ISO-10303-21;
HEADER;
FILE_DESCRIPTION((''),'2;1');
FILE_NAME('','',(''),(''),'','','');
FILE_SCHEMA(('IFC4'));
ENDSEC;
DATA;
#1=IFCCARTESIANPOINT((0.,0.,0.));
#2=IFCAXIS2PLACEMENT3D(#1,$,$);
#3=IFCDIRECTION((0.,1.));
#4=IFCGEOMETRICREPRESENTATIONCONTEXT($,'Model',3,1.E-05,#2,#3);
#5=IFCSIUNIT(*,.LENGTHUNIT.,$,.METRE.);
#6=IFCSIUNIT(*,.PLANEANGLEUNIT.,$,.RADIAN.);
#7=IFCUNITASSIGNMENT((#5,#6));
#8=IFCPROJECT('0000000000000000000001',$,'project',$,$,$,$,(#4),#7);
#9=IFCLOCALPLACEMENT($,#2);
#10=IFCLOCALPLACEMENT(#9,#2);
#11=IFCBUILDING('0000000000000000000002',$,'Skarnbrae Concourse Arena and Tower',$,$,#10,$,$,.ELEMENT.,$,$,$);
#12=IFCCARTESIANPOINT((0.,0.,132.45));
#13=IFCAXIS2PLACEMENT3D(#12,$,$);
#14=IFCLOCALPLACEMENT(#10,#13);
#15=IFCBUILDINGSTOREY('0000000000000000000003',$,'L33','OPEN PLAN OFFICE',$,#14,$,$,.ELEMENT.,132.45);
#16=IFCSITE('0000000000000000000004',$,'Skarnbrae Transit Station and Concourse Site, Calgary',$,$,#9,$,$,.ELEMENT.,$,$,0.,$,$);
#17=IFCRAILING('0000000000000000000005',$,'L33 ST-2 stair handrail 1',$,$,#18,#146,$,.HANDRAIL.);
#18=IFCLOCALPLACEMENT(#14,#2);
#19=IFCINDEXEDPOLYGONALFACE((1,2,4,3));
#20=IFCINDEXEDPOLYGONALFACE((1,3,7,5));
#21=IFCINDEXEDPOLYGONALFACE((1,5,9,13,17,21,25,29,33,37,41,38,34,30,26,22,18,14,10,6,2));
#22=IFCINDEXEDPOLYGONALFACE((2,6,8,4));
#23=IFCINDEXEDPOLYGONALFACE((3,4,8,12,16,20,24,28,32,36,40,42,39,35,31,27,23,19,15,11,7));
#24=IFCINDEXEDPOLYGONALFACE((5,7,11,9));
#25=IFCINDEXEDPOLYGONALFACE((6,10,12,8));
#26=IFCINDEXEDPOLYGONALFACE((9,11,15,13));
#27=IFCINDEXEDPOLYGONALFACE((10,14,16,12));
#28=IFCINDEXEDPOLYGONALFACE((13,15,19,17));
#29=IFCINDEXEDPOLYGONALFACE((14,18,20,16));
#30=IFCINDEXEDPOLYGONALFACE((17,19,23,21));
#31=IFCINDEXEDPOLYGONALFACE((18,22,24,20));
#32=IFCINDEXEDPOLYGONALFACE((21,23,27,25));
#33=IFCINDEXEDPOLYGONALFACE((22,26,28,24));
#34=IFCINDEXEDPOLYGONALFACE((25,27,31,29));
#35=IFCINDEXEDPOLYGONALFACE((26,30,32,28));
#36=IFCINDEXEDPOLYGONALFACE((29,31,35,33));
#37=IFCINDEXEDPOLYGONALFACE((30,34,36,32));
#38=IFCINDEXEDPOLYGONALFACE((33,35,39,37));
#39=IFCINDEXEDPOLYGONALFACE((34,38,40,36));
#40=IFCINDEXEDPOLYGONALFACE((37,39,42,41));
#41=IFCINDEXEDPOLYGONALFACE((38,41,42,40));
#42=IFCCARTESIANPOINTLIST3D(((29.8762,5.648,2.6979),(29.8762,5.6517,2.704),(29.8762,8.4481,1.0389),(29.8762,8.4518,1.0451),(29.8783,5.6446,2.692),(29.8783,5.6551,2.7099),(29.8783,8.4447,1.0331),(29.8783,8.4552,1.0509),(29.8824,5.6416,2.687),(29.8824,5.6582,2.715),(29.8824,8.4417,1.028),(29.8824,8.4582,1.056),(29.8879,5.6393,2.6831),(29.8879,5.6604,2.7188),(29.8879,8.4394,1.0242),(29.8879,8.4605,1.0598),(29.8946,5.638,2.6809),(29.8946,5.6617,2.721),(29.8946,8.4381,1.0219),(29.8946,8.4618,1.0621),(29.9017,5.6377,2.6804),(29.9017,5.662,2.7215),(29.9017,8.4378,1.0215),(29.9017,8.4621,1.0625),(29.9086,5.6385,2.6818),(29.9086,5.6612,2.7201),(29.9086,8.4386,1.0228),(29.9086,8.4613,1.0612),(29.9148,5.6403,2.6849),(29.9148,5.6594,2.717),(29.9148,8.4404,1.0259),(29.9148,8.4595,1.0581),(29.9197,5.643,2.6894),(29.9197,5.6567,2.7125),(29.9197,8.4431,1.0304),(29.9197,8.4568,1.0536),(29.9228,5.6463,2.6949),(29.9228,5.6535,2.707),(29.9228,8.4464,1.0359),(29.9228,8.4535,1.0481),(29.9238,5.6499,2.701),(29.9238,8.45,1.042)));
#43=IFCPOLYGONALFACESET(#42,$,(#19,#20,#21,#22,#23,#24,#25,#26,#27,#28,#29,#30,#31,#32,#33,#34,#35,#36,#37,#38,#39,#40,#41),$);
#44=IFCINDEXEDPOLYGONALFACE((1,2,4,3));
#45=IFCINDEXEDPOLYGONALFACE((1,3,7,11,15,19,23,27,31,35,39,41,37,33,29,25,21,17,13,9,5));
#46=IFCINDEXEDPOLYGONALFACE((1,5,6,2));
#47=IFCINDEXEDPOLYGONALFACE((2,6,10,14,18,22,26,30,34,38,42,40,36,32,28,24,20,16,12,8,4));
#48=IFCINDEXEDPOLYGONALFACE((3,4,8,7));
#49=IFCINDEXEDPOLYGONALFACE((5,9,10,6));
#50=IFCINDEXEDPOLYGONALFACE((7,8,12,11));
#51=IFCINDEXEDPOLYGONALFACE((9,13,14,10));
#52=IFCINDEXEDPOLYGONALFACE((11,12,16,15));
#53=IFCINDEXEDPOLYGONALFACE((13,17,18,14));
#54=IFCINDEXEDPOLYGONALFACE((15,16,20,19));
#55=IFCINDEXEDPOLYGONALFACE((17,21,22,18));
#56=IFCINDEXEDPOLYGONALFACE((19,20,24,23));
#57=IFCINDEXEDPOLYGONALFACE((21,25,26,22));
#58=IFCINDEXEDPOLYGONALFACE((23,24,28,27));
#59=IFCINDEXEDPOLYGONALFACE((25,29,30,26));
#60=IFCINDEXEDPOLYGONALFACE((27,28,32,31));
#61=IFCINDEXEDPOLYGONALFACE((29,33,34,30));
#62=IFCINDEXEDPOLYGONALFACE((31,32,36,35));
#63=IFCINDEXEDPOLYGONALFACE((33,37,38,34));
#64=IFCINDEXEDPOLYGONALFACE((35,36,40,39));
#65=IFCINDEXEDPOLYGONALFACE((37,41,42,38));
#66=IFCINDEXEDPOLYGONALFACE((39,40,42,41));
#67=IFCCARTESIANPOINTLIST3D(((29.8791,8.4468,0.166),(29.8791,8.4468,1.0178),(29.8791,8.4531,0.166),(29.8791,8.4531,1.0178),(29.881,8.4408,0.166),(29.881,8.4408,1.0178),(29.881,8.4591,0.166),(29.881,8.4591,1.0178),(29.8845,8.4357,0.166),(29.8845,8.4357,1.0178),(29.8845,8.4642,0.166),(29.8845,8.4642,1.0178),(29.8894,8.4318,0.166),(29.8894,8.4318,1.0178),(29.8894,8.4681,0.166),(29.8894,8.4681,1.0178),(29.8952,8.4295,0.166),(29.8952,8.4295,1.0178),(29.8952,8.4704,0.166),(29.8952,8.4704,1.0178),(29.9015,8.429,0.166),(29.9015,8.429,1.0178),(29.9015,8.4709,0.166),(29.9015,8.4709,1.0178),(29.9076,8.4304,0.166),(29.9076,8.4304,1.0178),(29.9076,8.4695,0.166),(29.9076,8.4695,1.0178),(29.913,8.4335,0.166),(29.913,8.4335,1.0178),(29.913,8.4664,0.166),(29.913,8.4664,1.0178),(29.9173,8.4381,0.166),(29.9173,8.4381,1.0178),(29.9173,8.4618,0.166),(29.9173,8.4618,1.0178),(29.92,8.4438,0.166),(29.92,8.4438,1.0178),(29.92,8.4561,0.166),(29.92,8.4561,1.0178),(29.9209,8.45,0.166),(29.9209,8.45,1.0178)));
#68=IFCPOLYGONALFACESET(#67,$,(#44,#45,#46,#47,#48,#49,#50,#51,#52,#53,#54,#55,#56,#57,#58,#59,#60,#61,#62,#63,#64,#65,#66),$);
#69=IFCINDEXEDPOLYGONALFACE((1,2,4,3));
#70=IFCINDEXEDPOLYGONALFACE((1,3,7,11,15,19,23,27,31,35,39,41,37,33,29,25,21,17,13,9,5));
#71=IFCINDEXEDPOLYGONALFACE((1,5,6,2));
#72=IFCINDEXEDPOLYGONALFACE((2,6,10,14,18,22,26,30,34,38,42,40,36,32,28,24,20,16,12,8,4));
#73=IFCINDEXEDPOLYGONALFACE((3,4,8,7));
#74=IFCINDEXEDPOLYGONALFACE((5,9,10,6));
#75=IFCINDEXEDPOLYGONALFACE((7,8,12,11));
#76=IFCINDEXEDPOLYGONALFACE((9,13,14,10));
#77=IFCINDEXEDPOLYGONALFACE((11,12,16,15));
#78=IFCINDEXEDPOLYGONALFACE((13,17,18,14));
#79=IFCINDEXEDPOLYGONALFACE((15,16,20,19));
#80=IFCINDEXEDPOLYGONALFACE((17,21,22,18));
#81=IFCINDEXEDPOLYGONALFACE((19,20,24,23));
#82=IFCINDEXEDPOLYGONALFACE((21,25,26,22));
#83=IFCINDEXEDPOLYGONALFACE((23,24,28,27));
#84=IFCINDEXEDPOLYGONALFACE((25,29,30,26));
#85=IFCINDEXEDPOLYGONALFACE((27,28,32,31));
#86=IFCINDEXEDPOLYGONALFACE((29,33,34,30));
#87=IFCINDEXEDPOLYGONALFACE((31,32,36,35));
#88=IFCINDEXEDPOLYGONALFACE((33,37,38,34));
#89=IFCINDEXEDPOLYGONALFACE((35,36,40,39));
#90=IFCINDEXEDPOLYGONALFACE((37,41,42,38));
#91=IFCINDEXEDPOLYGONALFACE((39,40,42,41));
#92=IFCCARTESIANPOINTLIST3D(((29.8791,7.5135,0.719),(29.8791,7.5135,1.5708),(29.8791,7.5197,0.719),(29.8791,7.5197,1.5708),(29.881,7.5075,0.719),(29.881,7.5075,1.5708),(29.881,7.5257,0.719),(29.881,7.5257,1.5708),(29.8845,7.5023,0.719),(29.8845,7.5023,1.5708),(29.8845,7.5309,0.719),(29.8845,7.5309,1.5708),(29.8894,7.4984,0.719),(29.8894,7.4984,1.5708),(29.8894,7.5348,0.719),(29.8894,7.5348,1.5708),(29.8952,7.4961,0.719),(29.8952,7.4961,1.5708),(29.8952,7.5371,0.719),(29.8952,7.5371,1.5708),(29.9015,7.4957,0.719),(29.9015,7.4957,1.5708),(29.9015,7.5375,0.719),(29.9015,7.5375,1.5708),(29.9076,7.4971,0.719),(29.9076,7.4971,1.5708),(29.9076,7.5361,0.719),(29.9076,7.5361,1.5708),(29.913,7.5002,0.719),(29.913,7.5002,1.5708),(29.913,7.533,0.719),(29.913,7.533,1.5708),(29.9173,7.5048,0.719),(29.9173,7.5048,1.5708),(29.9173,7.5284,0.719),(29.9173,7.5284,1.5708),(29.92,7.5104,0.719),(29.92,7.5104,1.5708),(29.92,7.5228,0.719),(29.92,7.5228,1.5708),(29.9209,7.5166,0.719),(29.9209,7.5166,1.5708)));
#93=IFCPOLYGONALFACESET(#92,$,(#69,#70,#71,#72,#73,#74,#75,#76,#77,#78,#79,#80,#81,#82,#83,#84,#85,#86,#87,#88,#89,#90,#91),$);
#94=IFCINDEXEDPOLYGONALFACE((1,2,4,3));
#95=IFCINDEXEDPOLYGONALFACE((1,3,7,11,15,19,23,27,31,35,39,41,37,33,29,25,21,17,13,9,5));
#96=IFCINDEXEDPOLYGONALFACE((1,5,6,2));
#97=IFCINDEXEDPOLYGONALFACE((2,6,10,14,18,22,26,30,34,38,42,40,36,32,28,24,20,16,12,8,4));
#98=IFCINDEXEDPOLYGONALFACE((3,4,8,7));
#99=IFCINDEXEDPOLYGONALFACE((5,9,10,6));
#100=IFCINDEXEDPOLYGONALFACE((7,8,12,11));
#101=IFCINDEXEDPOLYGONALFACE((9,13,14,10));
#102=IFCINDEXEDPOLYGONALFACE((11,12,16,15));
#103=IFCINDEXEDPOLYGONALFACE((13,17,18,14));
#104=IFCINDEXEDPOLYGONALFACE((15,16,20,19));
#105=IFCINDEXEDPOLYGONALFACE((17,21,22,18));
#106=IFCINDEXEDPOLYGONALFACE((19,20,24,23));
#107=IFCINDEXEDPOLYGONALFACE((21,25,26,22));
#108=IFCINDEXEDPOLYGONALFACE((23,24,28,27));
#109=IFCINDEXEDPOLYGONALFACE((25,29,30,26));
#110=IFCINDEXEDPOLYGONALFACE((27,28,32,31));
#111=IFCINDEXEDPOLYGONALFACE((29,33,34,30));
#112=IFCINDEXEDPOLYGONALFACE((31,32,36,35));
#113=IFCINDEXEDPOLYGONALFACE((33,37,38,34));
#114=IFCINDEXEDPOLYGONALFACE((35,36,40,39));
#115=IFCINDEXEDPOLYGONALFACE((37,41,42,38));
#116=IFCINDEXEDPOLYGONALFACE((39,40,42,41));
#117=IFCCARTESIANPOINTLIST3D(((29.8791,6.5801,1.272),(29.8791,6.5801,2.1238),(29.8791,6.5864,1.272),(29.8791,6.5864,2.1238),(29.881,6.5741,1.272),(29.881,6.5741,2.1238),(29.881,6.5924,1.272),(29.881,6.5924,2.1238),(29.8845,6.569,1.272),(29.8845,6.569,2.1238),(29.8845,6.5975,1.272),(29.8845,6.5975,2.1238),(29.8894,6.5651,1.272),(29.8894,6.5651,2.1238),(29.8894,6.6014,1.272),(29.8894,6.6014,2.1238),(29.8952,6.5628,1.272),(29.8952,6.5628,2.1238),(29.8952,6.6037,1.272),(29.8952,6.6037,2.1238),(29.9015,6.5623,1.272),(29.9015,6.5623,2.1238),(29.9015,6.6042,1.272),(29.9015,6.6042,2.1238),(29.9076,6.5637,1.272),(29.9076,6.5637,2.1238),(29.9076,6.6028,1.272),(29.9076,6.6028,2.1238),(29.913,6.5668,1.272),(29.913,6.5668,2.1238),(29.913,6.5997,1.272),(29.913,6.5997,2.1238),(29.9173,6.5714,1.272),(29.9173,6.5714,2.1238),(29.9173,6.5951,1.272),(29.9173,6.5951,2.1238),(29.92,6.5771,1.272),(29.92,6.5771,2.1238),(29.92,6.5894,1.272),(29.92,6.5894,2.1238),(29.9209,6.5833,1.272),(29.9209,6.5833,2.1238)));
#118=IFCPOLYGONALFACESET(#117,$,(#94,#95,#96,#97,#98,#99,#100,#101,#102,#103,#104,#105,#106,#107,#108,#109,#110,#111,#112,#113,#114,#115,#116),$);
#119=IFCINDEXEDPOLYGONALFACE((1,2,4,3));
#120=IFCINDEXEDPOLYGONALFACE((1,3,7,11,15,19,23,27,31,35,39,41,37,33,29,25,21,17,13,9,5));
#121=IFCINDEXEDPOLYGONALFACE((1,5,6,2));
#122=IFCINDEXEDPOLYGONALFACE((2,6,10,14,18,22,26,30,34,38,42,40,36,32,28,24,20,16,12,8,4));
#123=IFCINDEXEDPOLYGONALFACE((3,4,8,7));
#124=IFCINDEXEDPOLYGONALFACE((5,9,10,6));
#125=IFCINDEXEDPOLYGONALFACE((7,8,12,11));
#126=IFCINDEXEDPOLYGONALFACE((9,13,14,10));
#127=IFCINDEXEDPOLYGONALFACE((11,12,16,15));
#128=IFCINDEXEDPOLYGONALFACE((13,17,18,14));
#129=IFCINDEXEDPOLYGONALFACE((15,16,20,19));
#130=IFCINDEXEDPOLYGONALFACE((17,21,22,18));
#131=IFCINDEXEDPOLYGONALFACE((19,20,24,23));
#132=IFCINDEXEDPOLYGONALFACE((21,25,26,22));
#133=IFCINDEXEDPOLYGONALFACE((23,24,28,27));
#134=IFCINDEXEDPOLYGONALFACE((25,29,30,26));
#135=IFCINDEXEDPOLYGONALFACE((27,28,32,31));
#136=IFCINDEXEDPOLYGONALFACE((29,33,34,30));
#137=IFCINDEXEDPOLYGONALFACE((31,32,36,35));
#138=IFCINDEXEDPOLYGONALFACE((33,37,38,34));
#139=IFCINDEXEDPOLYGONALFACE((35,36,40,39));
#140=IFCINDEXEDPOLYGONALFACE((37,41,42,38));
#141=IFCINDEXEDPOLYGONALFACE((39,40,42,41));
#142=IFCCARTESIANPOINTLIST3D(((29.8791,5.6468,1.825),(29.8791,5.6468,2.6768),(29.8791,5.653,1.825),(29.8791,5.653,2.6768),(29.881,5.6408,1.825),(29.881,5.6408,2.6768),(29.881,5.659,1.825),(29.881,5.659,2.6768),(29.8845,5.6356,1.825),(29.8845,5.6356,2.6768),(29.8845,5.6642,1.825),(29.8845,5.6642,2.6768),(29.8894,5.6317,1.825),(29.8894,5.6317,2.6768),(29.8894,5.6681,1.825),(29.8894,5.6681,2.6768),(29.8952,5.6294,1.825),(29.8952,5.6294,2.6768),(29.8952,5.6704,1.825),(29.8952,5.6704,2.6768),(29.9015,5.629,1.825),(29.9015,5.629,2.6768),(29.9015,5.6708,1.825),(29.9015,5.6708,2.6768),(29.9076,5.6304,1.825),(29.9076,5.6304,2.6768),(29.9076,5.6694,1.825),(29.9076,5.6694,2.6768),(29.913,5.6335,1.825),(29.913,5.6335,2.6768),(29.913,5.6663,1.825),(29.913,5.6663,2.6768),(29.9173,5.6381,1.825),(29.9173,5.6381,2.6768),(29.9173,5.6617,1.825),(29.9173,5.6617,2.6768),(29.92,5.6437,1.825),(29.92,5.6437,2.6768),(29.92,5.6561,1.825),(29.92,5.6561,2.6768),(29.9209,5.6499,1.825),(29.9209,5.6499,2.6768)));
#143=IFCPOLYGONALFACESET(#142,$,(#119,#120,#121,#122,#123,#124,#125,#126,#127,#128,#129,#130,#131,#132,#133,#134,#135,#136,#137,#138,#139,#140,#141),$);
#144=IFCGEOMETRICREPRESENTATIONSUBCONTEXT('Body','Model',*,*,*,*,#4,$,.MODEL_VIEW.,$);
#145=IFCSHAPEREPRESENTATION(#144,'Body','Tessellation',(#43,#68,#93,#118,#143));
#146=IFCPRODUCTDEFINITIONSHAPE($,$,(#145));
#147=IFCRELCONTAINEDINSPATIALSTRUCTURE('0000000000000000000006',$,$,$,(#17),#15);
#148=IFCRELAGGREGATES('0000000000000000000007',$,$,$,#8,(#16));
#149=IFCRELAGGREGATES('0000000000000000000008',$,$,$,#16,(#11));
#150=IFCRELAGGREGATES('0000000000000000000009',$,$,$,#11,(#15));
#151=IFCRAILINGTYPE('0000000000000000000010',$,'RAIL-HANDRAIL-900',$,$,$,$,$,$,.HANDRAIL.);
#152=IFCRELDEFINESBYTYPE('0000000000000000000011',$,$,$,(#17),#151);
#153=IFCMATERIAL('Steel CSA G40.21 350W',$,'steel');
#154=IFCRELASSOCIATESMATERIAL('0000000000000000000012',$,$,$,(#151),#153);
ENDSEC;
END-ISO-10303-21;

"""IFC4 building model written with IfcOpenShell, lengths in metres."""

from ifc_helpers import new_model, si_unit, direction, frame, origin, origin_2d, place, context, subcontext, project, spatial, circle, extrude, material, type_object, element, save


model = new_model("IFC4")

# Units and contexts
model_context = context("Model", 3, precision=1e-05, world=origin(), true_north=direction((0.0, 1.0)))
body_context = subcontext(model_context, "Body", "Model", "MODEL_VIEW")
ifc_project = project(units=[si_unit("LENGTHUNIT", "METRE"), si_unit("PLANEANGLEUNIT", "RADIAN")], contexts=[model_context])

# Site, building, storey
site_placement = place(None, origin())
site = spatial("IfcSite", under=ifc_project, at=site_placement, Name="Skarnbrae Transit Station and Concourse Site, Calgary", CompositionType="ELEMENT", RefElevation=0.0)
building_placement = place(site_placement, origin())
building = spatial("IfcBuilding", under=site, at=building_placement, Name="Skarnbrae Concourse Arena and Tower", CompositionType="ELEMENT")
storey_placement = place(building_placement, frame((0.0, 0.0, 132.45)))
storey = spatial("IfcBuildingStorey", under=building, at=storey_placement, Name="L33", Description="OPEN PLAN OFFICE", CompositionType="ELEMENT", Elevation=132.45)

# Shared definitions
ifc_material_1 = material(Name="Steel CSA G40.21 350W", Category="steel")

# Railing
railing_type_1 = type_object("IfcRailingType", Name="RAIL-HANDRAIL-900", PredefinedType="HANDRAIL", material=ifc_material_1)
railing_1_placement = place(storey_placement, frame((29.8999, 8.45, 0.166)))
element("IfcRailing", 1, at=railing_1_placement, inside=storey, type_object=railing_type_1, Name="L33 ST-2 stair handrail 1", PredefinedType="HANDRAIL", context=body_context, shape_type="SweptSolid", body=[
    extrude(circle(Radius=0.0239, at=origin_2d()), frame((0.0, 0.0, 0.876), z_axis=(0.0, -0.860339, 0.509722), x_axis=(1.0, 0.0, 0.0)), (0.0, 0.0, 1.0), 3.2546),
    extrude(circle(Radius=0.021, at=origin_2d()), origin(), (0.0, 0.0, 1.0), 0.8518),
    extrude(circle(Radius=0.021, at=origin_2d()), frame((0.0, -0.9333, 0.553)), (0.0, 0.0, 1.0), 0.8518),
    extrude(circle(Radius=0.021, at=origin_2d()), frame((0.0, -1.8667, 1.106)), (0.0, 0.0, 1.0), 0.8518),
    extrude(circle(Radius=0.021, at=origin_2d()), frame((0.0, -2.8, 1.6589)), (0.0, 0.0, 1.0), 0.8518),
])

save(model, "model.ifc")
